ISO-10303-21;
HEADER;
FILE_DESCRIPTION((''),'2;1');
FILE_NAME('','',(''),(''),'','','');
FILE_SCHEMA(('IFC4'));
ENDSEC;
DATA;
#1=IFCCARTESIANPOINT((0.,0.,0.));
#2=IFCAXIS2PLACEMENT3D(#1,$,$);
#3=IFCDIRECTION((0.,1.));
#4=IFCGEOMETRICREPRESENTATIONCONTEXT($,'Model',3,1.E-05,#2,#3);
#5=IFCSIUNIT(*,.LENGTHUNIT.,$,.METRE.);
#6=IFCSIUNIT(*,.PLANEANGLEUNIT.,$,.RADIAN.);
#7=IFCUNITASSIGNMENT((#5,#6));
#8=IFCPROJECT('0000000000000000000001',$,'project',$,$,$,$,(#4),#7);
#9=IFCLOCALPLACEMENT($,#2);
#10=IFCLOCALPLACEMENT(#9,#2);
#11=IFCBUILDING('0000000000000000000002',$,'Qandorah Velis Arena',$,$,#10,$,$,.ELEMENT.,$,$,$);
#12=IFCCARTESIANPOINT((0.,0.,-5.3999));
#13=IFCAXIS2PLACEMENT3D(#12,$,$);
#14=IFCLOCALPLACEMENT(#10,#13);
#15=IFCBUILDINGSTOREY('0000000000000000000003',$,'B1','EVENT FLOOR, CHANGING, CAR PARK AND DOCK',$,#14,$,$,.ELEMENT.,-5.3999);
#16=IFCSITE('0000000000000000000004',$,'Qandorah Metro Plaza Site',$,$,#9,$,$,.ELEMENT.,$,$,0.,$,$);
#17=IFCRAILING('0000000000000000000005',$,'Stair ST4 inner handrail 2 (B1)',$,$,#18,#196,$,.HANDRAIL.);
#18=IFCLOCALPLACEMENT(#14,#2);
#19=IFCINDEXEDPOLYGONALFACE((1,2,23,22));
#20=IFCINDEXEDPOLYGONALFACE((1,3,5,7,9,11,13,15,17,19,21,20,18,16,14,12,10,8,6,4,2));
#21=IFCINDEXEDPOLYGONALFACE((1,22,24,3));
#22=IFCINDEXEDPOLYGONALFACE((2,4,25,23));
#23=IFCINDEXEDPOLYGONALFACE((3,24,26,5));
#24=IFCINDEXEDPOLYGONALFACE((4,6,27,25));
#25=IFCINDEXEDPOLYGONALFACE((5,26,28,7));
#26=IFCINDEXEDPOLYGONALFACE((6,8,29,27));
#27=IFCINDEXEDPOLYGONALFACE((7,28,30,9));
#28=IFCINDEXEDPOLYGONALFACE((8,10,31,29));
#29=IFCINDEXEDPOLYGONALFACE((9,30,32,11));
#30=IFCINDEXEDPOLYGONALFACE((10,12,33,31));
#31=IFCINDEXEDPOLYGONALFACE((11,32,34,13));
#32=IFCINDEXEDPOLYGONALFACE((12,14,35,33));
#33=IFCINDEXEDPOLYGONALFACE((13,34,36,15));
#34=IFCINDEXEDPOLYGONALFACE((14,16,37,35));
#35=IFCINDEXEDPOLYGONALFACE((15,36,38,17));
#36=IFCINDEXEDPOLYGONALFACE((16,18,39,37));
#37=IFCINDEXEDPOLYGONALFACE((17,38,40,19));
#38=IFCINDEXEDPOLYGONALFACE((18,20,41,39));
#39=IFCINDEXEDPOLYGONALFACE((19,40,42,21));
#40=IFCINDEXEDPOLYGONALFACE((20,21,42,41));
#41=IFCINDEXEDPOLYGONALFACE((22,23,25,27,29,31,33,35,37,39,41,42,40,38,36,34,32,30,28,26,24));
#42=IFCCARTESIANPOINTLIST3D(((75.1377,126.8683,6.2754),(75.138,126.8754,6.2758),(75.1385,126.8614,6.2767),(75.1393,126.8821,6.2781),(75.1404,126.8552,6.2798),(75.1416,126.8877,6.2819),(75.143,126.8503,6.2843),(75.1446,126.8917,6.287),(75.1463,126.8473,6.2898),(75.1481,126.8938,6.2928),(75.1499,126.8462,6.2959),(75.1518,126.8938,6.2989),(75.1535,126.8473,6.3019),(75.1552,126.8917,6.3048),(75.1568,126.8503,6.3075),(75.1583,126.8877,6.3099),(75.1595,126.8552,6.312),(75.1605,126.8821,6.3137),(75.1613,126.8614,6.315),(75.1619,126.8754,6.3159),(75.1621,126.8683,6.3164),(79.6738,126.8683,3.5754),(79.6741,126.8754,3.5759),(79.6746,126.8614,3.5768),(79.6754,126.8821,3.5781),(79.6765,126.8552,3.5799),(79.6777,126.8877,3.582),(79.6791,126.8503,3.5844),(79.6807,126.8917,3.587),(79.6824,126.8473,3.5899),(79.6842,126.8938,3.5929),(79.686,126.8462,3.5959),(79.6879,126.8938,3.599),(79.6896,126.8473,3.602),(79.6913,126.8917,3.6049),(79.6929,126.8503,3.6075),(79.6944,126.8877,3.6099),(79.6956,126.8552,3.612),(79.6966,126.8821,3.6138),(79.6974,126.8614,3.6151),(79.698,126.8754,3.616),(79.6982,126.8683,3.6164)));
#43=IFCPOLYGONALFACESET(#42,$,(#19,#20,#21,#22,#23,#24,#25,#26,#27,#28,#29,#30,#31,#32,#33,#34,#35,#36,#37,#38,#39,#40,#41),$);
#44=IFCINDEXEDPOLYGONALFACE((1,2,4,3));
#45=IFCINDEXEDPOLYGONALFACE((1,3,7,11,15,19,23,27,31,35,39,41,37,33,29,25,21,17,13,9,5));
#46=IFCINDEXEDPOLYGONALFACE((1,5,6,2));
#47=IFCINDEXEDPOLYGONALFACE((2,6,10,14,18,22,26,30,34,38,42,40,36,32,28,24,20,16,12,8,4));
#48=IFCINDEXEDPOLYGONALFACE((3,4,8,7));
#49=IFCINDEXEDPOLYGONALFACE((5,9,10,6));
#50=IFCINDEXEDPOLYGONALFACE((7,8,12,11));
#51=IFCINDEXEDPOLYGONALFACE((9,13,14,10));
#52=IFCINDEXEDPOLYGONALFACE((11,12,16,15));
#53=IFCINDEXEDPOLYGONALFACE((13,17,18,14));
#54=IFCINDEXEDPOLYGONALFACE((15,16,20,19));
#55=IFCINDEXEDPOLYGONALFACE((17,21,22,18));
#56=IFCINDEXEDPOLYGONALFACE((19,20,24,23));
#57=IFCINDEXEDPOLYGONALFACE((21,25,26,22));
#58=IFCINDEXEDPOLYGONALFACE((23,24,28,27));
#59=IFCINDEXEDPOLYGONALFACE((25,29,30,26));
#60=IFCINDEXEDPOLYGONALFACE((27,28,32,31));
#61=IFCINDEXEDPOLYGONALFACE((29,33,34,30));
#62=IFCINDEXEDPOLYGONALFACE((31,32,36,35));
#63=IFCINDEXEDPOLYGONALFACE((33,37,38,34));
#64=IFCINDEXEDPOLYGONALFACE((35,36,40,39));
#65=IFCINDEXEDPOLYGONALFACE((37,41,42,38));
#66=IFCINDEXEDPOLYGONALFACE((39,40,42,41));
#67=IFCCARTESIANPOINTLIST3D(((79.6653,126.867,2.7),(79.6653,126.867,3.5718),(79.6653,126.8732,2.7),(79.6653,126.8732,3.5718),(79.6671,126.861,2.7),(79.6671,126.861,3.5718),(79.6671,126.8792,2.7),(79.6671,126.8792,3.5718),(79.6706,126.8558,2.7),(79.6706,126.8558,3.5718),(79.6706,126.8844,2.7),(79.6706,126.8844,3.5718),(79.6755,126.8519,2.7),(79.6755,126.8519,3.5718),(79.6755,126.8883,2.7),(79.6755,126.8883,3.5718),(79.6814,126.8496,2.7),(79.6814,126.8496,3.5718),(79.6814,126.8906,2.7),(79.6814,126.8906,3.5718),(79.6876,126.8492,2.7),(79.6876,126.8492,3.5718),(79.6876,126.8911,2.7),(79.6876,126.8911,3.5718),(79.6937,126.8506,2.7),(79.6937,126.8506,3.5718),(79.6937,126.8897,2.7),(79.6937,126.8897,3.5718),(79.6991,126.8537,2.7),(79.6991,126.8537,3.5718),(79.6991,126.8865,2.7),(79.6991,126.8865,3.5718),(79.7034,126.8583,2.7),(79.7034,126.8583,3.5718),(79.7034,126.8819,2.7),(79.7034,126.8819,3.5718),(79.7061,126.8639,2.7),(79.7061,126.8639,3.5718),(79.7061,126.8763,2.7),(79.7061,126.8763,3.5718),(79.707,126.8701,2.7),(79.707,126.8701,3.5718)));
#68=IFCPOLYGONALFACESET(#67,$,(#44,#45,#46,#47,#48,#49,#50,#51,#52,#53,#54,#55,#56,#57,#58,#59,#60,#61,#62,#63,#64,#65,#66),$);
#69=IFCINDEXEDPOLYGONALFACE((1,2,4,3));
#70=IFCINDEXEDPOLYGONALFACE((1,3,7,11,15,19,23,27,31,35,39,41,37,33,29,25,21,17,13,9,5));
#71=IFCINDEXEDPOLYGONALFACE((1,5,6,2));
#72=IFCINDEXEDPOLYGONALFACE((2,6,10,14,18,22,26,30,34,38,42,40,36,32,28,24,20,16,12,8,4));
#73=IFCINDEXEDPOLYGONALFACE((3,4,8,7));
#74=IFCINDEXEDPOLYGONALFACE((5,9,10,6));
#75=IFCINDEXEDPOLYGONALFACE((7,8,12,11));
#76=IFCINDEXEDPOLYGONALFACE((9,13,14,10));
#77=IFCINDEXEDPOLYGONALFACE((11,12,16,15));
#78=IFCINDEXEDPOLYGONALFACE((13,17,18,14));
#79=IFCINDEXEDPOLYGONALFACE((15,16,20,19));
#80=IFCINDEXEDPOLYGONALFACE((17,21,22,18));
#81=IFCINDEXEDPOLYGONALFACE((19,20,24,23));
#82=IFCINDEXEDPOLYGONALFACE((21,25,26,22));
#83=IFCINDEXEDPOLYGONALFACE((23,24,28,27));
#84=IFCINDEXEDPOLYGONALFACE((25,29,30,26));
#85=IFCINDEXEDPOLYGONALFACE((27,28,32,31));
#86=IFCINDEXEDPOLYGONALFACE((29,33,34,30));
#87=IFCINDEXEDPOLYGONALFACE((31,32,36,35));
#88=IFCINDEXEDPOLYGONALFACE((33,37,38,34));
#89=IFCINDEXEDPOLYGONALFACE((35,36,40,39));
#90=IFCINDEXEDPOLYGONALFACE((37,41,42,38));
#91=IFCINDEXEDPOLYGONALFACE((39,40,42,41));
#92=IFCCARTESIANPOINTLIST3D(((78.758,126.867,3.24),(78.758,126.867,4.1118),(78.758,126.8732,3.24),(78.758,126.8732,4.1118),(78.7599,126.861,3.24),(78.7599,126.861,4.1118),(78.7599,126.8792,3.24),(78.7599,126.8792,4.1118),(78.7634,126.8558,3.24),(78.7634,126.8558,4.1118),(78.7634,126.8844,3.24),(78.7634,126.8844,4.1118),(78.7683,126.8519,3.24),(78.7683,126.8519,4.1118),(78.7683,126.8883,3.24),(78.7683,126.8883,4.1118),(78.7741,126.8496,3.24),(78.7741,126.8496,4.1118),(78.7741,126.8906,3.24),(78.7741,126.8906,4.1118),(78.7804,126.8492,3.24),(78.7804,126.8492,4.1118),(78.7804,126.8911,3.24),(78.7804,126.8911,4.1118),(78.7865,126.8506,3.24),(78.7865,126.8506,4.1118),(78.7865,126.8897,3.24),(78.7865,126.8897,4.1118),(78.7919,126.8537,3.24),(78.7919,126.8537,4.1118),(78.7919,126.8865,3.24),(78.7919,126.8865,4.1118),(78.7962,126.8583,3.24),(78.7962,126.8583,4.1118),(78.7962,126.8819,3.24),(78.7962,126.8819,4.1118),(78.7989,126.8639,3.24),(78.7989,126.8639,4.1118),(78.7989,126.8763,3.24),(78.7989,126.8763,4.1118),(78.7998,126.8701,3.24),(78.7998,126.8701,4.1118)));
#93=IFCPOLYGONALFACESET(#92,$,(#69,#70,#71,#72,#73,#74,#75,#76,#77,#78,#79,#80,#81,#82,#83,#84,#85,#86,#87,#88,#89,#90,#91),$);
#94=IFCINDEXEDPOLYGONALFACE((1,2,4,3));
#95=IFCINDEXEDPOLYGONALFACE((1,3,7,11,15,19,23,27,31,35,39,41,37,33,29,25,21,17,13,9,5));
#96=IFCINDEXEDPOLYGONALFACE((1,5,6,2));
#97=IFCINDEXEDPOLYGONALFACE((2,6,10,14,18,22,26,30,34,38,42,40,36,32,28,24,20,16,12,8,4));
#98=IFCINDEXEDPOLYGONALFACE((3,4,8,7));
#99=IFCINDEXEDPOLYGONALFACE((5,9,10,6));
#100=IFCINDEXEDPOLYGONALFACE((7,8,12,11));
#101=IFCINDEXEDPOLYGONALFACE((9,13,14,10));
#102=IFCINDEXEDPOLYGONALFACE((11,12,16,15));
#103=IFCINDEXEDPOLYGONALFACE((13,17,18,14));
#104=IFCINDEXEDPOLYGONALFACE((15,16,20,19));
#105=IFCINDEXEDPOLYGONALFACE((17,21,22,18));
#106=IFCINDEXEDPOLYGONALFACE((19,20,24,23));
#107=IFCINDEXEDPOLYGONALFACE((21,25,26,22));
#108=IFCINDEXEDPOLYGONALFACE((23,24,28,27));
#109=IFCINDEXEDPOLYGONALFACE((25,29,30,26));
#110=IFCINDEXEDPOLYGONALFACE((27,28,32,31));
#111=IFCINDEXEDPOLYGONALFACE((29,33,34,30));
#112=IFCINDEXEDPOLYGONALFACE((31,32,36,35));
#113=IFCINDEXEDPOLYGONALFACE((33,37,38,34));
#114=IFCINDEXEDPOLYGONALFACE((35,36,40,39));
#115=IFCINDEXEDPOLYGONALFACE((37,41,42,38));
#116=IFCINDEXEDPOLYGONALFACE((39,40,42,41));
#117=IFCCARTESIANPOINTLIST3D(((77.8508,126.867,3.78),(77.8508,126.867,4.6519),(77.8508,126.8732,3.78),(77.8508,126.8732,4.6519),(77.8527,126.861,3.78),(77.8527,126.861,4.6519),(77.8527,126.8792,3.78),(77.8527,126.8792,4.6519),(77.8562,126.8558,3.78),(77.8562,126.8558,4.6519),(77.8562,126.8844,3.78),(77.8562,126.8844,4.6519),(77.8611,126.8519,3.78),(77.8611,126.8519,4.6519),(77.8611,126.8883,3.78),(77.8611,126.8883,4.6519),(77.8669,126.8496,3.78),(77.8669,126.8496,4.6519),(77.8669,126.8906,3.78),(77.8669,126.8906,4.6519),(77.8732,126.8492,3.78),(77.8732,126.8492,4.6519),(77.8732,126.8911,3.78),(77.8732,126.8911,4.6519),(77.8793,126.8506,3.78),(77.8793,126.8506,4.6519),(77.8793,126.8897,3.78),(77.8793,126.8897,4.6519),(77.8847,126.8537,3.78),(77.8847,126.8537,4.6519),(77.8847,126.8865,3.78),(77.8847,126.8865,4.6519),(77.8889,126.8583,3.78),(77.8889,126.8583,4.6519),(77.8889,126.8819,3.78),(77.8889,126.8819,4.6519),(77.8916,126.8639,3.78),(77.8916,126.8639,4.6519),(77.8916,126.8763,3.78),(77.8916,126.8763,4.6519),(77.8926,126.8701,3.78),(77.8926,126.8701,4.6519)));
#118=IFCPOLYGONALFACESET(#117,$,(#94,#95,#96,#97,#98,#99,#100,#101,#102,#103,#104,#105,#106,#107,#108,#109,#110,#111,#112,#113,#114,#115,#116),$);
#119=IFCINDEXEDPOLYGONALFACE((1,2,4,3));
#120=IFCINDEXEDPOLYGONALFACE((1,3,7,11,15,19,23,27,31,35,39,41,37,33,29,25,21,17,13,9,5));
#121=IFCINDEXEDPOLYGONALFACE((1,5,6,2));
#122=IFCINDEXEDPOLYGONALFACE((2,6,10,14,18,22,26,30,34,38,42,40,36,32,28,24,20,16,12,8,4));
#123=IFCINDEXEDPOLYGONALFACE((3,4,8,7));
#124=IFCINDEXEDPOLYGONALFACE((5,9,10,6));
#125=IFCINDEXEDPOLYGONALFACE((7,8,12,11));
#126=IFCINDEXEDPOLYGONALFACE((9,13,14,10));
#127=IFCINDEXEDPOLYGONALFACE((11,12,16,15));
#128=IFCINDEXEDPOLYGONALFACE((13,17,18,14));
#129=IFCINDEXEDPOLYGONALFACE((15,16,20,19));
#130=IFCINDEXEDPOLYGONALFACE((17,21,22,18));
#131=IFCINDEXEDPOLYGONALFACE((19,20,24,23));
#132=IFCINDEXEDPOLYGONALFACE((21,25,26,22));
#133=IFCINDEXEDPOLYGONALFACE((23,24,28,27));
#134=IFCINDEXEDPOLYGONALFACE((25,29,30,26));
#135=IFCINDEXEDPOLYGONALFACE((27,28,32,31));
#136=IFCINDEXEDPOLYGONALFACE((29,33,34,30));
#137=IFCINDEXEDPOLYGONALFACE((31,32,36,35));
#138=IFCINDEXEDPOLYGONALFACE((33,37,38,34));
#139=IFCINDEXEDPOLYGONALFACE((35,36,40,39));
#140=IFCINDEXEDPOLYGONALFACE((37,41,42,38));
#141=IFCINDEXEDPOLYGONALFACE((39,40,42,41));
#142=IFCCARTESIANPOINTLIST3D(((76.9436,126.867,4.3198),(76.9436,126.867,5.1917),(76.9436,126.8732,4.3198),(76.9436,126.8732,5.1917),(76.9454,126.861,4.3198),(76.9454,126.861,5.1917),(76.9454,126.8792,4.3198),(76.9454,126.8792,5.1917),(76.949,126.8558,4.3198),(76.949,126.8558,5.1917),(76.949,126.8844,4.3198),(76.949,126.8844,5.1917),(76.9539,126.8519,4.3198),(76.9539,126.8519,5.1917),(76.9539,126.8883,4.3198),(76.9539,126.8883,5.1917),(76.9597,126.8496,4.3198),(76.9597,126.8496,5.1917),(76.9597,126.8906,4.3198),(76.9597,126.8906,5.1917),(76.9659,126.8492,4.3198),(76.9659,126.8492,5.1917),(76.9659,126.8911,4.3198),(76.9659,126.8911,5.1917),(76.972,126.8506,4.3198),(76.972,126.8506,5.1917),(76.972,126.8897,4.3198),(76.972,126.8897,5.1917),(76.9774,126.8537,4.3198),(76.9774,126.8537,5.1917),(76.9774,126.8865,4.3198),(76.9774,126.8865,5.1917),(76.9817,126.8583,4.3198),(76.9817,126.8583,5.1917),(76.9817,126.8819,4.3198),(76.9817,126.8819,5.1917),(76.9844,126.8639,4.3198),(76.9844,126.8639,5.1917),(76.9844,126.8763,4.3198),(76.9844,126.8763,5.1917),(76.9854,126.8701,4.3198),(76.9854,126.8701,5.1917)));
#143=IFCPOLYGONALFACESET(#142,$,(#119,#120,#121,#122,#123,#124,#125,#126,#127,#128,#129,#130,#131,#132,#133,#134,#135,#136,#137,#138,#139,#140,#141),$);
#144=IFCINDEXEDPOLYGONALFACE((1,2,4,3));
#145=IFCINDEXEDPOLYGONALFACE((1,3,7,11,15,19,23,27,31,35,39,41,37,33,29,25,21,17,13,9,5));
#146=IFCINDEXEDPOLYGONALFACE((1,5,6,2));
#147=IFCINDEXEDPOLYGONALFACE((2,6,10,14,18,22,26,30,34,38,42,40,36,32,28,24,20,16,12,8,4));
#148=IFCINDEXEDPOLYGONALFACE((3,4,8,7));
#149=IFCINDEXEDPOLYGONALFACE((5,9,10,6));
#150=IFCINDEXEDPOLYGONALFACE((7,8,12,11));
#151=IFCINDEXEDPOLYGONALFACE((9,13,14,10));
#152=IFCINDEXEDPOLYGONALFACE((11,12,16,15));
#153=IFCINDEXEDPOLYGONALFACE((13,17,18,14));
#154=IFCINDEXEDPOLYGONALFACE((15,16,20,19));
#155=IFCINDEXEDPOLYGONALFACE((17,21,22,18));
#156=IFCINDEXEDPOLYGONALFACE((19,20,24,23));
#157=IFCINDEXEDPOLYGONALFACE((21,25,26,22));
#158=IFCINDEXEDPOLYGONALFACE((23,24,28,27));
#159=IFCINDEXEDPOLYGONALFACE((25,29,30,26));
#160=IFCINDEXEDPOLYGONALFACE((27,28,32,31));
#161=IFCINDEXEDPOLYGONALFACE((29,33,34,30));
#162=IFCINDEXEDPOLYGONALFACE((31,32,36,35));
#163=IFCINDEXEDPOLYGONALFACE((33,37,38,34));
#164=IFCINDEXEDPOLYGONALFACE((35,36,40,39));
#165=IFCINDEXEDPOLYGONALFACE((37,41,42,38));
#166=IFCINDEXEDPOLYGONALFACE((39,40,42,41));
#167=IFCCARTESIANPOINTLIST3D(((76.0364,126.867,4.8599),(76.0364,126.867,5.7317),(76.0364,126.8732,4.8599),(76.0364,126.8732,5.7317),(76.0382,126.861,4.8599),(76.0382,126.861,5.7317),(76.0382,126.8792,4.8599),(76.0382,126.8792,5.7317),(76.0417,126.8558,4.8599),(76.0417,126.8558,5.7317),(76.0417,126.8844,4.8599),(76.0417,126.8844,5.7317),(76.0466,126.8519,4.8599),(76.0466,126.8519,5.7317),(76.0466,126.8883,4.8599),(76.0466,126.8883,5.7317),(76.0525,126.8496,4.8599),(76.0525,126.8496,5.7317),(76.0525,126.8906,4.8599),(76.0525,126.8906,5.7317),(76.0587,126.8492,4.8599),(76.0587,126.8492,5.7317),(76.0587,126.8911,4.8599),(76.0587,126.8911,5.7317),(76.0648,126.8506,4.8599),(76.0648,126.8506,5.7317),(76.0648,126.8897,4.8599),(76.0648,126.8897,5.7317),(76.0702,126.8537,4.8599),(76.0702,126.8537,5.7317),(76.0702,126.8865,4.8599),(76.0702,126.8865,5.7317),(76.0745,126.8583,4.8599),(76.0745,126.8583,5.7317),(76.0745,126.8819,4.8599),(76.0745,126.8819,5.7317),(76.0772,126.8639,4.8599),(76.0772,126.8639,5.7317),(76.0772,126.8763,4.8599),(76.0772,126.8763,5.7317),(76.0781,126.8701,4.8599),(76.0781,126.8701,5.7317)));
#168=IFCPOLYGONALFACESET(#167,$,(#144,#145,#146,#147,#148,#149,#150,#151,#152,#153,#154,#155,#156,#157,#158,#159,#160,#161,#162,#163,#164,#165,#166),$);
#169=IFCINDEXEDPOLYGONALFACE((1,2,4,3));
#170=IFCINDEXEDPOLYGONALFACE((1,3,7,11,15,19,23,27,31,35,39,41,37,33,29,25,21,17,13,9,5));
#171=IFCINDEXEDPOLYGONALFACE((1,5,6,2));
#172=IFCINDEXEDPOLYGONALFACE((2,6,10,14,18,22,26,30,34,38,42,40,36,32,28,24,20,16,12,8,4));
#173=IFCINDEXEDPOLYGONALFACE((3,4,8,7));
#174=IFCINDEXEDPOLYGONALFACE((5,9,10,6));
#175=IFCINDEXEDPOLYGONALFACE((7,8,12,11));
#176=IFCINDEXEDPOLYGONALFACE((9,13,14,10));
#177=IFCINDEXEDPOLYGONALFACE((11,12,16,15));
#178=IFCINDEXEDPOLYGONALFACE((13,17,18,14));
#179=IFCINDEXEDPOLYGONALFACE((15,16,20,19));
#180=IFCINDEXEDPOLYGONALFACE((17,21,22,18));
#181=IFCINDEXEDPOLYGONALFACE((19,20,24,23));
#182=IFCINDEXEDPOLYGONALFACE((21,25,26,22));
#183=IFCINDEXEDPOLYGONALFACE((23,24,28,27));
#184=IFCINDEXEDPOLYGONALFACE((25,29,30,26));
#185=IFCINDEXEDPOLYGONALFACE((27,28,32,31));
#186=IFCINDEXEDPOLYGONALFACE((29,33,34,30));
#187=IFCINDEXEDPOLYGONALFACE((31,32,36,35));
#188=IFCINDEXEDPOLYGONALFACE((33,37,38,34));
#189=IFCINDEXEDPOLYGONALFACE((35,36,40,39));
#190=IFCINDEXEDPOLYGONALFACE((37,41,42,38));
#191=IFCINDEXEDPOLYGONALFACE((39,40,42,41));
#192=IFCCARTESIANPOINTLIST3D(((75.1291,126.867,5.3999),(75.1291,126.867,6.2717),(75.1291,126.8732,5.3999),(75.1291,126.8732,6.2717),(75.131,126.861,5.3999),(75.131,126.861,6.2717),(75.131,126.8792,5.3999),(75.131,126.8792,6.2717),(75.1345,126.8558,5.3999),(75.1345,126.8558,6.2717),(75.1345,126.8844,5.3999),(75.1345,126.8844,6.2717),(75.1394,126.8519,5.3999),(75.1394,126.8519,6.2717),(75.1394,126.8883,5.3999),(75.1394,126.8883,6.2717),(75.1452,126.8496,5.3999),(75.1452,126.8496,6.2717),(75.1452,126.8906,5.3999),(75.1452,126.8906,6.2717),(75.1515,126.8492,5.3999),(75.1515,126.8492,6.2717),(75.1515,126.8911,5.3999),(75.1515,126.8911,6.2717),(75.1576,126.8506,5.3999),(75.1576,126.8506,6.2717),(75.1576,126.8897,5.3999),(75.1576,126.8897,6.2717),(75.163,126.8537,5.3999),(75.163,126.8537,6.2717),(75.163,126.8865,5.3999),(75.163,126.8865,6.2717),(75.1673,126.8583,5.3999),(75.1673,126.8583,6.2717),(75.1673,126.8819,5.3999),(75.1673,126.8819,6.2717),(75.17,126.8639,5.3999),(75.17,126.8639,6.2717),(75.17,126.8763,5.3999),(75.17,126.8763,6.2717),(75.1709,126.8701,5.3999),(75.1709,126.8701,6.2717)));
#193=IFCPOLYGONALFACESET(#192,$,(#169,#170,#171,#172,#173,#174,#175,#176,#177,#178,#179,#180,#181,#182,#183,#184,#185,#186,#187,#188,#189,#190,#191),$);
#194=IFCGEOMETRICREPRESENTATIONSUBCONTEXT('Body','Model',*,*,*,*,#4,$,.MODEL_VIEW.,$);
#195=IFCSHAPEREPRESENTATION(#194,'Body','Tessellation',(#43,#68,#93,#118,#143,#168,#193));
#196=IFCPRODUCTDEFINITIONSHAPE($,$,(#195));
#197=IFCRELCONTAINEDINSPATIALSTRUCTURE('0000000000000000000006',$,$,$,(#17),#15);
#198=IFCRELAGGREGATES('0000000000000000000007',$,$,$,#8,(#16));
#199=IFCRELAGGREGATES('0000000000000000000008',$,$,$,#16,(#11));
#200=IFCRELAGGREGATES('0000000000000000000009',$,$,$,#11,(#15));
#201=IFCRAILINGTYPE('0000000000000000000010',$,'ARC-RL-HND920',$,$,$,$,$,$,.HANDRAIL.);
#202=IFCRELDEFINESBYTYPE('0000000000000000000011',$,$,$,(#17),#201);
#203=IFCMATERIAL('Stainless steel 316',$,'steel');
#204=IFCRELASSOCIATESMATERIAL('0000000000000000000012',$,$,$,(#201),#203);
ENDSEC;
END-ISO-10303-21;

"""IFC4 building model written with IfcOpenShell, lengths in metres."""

from ifc_helpers import new_model, si_unit, direction, frame, origin, origin_2d, place, context, subcontext, project, spatial, circle, extrude, material, type_object, element, save


model = new_model("IFC4")

# Units and contexts
model_context = context("Model", 3, precision=1e-05, world=origin(), true_north=direction((0.0, 1.0)))
body_context = subcontext(model_context, "Body", "Model", "MODEL_VIEW")
ifc_project = project(units=[si_unit("LENGTHUNIT", "METRE"), si_unit("PLANEANGLEUNIT", "RADIAN")], contexts=[model_context])

# Site, building, storey
site_placement = place(None, origin())
site = spatial("IfcSite", under=ifc_project, at=site_placement, Name="Qandorah Metro Plaza Site", CompositionType="ELEMENT", RefElevation=0.0)
building_placement = place(site_placement, origin())
building = spatial("IfcBuilding", under=site, at=building_placement, Name="Qandorah Velis Arena", CompositionType="ELEMENT")
storey_placement = place(building_placement, frame((0.0, 0.0, -5.3999)))
storey = spatial("IfcBuildingStorey", under=building, at=storey_placement, Name="B1", Description="EVENT FLOOR, CHANGING, CAR PARK AND DOCK", CompositionType="ELEMENT", Elevation=-5.3999)

# Railing
ifc_material_1 = material(Name="Stainless steel 316", Category="steel")
railing_type_1 = type_object("IfcRailingType", Name="ARC-RL-HND920", PredefinedType="HANDRAIL", material=ifc_material_1)
railing_1_placement = place(storey_placement, frame((79.686, 126.8701, 2.7)))
element("IfcRailing", 1, at=railing_1_placement, inside=storey, type_object=railing_type_1, Name="Stair ST4 inner handrail 2 (B1)", PredefinedType="HANDRAIL", context=body_context, shape_type="SweptSolid", body=[
    extrude(circle(Radius=0.0239, at=origin_2d()), frame((0.0, 0.0, 0.896), z_axis=(-0.859304, 0.0, 0.511466), x_axis=(0.0, -1.0, 0.0)), (0.0, 0.0, 1.0), 5.2788),
    extrude(circle(Radius=0.021, at=origin_2d()), origin(), (0.0, 0.0, 1.0), 0.8718),
    extrude(circle(Radius=0.021, at=origin_2d()), frame((-0.9072, 0.0, 0.54)), (0.0, 0.0, 1.0), 0.8718),
    extrude(circle(Radius=0.021, at=origin_2d()), frame((-1.8145, 0.0, 1.0801)), (0.0, 0.0, 1.0), 0.8718),
    extrude(circle(Radius=0.021, at=origin_2d()), frame((-2.7217, 0.0, 1.6199)), (0.0, 0.0, 1.0), 0.8718),
    extrude(circle(Radius=0.021, at=origin_2d()), frame((-3.6289, 0.0, 2.1599)), (0.0, 0.0, 1.0), 0.8718),
    extrude(circle(Radius=0.021, at=origin_2d()), frame((-4.5361, 0.0, 2.7)), (0.0, 0.0, 1.0), 0.8718),
])

save(model, "model.ifc")
